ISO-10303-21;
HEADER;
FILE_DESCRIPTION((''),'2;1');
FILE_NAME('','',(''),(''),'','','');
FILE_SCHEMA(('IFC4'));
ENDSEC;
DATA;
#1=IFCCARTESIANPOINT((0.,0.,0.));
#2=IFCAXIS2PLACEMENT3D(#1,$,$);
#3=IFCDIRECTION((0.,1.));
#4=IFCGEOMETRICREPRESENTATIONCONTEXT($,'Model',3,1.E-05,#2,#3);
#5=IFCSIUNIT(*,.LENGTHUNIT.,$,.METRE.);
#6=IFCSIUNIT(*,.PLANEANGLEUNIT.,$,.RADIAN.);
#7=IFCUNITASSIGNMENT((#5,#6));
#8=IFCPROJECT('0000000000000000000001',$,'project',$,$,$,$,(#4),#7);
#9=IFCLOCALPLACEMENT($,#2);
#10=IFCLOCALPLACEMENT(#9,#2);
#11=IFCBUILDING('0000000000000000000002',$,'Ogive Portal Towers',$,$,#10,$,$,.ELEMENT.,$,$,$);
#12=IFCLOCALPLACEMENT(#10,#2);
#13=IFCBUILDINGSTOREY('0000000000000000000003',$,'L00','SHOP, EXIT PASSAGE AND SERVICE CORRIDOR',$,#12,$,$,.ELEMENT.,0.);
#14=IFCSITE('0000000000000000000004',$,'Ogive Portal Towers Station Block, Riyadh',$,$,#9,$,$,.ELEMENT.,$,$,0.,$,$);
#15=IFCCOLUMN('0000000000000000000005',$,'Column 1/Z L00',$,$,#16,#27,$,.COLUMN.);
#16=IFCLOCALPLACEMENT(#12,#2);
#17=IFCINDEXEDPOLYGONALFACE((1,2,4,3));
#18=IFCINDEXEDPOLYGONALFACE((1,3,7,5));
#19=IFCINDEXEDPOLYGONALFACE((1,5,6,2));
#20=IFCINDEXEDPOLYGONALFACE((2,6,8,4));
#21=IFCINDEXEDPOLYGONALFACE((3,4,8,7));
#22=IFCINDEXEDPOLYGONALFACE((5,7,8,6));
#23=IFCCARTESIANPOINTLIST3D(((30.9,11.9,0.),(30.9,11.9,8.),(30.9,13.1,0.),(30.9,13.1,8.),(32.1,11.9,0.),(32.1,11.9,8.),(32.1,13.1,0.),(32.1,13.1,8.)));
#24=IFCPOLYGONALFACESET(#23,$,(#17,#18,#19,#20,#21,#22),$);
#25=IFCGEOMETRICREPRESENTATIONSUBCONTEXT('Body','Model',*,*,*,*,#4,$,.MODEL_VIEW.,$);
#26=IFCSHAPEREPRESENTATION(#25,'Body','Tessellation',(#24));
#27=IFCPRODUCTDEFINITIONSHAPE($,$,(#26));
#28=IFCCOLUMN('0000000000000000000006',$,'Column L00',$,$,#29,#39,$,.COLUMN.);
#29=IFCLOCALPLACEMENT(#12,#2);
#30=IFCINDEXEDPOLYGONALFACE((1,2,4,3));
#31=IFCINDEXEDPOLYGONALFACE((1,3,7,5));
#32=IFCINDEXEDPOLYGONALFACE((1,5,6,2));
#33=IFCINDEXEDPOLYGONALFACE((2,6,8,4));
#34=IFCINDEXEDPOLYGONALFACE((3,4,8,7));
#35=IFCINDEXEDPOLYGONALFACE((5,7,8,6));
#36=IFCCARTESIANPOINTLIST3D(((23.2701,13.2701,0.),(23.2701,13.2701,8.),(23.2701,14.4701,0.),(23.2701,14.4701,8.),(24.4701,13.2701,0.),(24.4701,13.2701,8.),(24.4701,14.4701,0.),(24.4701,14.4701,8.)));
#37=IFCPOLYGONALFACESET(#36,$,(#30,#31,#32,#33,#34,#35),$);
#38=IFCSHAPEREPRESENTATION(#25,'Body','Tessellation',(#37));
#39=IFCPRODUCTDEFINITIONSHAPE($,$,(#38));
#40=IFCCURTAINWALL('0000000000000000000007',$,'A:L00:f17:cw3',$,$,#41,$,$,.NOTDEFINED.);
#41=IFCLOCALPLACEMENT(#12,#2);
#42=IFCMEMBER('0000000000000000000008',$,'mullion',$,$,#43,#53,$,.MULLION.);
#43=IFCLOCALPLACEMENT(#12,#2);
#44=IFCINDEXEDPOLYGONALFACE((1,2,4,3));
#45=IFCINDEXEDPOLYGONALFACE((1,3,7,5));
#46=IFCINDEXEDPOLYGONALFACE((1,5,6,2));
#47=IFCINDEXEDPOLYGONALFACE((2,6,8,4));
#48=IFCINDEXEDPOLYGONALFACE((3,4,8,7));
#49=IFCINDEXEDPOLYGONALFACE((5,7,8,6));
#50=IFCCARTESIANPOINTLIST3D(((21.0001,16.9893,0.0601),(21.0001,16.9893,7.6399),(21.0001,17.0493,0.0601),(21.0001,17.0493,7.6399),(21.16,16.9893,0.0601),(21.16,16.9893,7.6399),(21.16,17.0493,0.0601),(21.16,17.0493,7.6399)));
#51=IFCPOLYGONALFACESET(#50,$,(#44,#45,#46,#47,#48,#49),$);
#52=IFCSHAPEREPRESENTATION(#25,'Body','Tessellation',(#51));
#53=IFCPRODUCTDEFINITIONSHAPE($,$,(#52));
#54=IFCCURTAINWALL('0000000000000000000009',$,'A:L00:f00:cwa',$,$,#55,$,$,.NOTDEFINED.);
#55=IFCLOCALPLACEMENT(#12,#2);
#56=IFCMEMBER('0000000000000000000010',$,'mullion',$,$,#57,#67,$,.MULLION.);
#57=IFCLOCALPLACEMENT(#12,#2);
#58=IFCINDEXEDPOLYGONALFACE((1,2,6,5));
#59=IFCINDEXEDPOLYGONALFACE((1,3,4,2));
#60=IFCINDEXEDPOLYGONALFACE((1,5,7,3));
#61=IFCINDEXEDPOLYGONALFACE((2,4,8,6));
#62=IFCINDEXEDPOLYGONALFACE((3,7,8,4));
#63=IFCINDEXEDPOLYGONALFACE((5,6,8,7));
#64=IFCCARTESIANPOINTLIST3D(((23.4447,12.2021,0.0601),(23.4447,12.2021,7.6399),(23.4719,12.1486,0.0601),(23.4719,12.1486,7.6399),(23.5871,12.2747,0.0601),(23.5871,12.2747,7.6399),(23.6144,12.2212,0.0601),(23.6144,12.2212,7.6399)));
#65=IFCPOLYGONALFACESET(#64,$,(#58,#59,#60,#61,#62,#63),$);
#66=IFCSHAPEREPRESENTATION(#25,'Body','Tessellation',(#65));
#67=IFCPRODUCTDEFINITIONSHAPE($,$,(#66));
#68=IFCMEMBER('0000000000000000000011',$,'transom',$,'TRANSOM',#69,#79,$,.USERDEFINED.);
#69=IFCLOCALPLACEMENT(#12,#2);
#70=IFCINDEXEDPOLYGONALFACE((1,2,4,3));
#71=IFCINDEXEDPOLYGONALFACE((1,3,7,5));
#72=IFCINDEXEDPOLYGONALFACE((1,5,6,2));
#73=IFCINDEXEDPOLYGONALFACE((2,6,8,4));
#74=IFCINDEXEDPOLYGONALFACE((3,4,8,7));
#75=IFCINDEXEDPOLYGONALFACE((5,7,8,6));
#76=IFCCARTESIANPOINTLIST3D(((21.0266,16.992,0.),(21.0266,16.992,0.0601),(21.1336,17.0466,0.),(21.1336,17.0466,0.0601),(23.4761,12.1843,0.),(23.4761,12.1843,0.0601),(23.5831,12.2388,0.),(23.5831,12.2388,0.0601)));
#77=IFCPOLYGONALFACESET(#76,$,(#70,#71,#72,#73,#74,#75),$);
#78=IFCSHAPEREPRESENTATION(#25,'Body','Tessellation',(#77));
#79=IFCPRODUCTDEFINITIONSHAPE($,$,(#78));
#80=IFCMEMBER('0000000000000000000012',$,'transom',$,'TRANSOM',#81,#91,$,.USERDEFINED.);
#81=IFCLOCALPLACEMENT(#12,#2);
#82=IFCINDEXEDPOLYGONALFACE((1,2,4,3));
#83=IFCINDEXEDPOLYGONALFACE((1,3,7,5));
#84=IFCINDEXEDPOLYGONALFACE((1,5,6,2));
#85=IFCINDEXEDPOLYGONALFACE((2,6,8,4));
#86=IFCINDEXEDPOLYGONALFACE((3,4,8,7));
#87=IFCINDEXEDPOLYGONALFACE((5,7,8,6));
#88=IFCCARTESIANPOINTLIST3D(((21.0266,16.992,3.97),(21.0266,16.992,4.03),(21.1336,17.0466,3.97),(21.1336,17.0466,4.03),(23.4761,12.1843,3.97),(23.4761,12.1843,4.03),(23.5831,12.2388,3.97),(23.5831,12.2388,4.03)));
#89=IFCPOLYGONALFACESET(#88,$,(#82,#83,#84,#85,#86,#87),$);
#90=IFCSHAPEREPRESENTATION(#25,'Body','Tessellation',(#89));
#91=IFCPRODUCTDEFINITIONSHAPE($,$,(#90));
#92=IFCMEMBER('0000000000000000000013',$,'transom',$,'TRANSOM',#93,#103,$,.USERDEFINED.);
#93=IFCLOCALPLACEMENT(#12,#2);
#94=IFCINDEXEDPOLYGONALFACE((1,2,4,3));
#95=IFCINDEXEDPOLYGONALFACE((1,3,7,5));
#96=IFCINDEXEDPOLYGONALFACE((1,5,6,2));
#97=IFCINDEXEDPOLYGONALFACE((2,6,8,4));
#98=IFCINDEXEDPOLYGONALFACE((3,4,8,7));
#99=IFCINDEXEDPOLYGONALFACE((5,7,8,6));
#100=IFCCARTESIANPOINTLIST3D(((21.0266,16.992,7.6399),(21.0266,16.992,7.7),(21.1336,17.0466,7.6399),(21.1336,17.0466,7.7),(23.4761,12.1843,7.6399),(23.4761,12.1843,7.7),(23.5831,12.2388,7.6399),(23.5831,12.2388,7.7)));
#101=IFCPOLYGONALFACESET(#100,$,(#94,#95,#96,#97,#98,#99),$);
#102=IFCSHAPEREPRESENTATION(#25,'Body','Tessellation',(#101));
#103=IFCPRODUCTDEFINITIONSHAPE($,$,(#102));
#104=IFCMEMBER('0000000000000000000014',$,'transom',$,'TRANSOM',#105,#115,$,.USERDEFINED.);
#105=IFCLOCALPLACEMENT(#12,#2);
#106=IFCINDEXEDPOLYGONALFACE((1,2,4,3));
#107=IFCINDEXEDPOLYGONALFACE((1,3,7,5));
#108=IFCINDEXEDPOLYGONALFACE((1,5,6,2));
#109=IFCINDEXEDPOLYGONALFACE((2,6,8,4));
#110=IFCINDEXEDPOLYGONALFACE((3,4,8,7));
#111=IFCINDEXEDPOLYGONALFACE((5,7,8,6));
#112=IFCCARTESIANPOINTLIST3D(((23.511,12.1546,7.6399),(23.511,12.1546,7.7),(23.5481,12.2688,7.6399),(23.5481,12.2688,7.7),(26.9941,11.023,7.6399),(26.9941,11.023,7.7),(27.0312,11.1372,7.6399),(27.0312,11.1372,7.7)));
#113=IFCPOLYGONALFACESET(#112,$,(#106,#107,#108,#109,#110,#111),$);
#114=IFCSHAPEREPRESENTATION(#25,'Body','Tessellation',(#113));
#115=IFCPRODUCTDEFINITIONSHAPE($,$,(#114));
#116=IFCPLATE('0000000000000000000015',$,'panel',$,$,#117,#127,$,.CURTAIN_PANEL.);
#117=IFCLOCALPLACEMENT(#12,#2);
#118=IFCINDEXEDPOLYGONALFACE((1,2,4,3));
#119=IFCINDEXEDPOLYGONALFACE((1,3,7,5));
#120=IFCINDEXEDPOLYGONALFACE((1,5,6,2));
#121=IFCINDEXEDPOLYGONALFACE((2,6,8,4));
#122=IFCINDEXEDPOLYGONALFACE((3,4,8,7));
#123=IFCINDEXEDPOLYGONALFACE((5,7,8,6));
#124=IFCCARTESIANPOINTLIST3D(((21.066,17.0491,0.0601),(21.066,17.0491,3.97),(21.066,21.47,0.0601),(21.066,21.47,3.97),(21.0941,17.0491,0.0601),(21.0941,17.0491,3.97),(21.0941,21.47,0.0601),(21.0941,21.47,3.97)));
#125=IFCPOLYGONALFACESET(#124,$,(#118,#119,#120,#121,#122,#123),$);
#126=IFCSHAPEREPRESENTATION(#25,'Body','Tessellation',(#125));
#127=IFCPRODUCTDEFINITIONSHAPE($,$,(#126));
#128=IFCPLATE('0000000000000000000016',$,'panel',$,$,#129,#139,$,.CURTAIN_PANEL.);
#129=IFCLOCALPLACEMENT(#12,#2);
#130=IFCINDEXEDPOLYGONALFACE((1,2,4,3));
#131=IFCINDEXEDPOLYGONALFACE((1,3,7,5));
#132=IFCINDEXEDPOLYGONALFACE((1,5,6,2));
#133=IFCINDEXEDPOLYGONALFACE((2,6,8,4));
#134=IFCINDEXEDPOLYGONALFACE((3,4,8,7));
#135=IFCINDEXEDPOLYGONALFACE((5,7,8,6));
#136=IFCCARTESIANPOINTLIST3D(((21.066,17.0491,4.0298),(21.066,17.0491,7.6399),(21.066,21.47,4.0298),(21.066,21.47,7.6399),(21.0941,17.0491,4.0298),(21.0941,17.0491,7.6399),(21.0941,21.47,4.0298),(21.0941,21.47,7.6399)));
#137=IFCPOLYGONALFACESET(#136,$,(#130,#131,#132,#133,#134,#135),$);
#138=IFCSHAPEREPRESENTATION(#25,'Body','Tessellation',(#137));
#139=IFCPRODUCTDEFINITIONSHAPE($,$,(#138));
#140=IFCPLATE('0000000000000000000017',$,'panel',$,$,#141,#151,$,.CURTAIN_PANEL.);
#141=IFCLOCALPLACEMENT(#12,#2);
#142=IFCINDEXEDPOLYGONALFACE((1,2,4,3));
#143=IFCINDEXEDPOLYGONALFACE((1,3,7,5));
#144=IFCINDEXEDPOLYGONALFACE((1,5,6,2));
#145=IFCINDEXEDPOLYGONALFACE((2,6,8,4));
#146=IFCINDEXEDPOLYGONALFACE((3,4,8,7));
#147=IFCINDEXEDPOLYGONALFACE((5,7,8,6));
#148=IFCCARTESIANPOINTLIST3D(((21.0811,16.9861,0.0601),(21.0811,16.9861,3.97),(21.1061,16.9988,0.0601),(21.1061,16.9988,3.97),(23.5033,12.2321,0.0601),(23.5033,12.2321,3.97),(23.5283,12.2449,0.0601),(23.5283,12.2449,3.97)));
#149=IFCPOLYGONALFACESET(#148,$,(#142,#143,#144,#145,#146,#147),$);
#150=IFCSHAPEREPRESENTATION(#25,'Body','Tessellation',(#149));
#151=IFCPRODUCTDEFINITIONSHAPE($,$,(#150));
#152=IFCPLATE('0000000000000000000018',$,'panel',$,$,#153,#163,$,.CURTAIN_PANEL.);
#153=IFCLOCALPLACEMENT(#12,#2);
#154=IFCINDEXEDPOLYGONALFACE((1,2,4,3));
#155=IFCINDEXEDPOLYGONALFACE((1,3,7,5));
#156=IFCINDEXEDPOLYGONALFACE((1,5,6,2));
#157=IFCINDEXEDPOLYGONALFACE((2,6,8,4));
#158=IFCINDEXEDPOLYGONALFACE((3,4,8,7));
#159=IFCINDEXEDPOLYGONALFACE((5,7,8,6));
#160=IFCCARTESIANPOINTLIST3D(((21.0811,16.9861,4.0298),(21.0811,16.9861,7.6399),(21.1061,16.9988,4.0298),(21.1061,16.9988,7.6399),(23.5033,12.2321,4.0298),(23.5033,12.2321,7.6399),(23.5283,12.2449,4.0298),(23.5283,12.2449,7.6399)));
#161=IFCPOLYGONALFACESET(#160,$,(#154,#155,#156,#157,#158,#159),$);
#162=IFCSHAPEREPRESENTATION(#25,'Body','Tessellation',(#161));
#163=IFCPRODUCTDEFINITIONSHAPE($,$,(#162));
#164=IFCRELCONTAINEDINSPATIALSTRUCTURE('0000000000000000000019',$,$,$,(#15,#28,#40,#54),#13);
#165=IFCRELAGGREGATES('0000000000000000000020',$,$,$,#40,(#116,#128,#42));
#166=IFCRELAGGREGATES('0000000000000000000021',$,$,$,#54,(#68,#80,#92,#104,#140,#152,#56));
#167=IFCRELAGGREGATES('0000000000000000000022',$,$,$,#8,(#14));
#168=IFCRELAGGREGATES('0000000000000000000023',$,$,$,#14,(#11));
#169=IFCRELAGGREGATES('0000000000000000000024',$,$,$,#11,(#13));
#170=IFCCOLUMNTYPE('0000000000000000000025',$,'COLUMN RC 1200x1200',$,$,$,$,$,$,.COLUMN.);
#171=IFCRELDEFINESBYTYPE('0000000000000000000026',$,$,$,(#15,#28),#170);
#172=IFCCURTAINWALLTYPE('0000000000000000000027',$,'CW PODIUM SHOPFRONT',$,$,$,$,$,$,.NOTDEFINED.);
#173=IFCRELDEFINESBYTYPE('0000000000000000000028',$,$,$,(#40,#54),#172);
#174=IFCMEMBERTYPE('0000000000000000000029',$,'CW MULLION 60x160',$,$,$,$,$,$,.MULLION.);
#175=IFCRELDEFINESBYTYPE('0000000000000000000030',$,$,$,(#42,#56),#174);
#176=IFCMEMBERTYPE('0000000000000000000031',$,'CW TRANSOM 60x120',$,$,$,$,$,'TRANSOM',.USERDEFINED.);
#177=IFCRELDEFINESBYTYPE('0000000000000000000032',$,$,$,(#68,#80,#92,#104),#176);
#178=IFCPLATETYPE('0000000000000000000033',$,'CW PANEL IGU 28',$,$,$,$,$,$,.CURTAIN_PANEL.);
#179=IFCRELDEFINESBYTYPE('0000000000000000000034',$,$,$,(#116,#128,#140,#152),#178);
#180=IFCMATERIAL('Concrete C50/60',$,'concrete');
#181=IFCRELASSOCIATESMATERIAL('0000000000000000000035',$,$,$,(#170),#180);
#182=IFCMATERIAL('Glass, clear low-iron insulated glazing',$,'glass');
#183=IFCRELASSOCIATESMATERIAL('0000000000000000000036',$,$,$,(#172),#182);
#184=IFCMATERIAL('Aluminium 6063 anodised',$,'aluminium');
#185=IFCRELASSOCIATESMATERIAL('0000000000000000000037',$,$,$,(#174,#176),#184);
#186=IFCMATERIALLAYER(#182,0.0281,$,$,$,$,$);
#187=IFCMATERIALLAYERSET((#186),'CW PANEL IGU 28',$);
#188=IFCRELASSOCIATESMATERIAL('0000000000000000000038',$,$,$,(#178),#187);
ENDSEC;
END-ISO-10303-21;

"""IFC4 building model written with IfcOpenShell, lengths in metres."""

from ifc_helpers import new_model, si_unit, direction, frame, origin, origin_2d, place, context, subcontext, project, spatial, rectangle, extrude, material, layer, layer_set, material_profile, profile_set, type_object, element, aggregate, save


model = new_model("IFC4")

# Units and contexts
model_context = context("Model", 3, precision=1e-05, world=origin(), true_north=direction((0.0, 1.0)))
body_context = subcontext(model_context, "Body", "Model", "MODEL_VIEW")
ifc_project = project(units=[si_unit("LENGTHUNIT", "METRE"), si_unit("PLANEANGLEUNIT", "RADIAN")], contexts=[model_context])

# Site, building, storey
site_placement = place(None, origin())
site = spatial("IfcSite", under=ifc_project, at=site_placement, Name="Ogive Portal Towers Station Block, Riyadh", CompositionType="ELEMENT", RefElevation=0.0)
building_placement = place(site_placement, origin())
building = spatial("IfcBuilding", under=site, at=building_placement, Name="Ogive Portal Towers", CompositionType="ELEMENT")
storey_placement = place(building_placement, origin())
storey = spatial("IfcBuildingStorey", under=building, at=storey_placement, Name="L00", Description="SHOP, EXIT PASSAGE AND SERVICE CORRIDOR", CompositionType="ELEMENT", Elevation=0.0)

# Columns
ifc_material_1 = material(Name="Concrete C50/60", Category="concrete")
ifc_material_profile_1 = material_profile(ifc_material_1, rectangle(XDim=1.2, YDim=1.2, at=origin_2d()), Name="RC 1200x1200")
ifc_profile_set_1 = profile_set([ifc_material_profile_1], Name="Concrete C50/60")
column_type = type_object("IfcColumnType", Name="COLUMN RC 1200x1200", PredefinedType="COLUMN", material=ifc_profile_set_1)
for number, where, z_axis, x_axis, name in (
    (1, (31.5, 12.5, 0.0), (0.0, 0.0, 1.0), (1.0, 0.0, 0.0), "Column 1/Z L00"),
    (2, (23.8701, 13.8701, 0.0), (0.0, 0.0, 1.0), (1.0, 0.0, 0.0), "Column L00"),
):
    element("IfcColumn", number, at=place(storey_placement, frame(where, z_axis=z_axis, x_axis=x_axis)), inside=storey, type_object=column_type, Name=name, PredefinedType="COLUMN", context=body_context, shape_type="SweptSolid", body=[
        extrude(rectangle(XDim=1.2, YDim=1.2, at=origin_2d()), origin(), (0.0, 0.0, 1.0), 8.0),
    ])

# Curtain wall, member
ifc_material_2 = material(Name="Glass, clear low-iron insulated glazing", Category="glass")
curtain_wall_type = type_object("IfcCurtainWallType", Name="CW PODIUM SHOPFRONT", PredefinedType="NOTDEFINED", material=ifc_material_2)
curtain_wall_1_placement = place(storey_placement, origin())
curtain_wall_1 = element("IfcCurtainWall", 3, at=curtain_wall_1_placement, inside=storey, type_object=curtain_wall_type, Name="A:L00:f17:cw3", PredefinedType="NOTDEFINED")
ifc_material_3 = material(Name="Aluminium 6063 anodised", Category="aluminium")
ifc_material_profile_2 = material_profile(ifc_material_3, rectangle(XDim=0.1599, YDim=0.0601, at=origin_2d()), Name="AL 60x160")
ifc_profile_set_2 = profile_set([ifc_material_profile_2], Name="Aluminium 6063 anodised")
member_type_1 = type_object("IfcMemberType", Name="CW MULLION 60x160", PredefinedType="MULLION", material=ifc_profile_set_2)
member_1_placement = place(storey_placement, frame((21.0801, 17.0193, 0.0601), z_axis=(0.0, 0.0, 1.0), x_axis=(1.0, 0.0, 0.0)))
member_1 = element("IfcMember", 4, at=member_1_placement, type_object=member_type_1, Name="mullion", PredefinedType="MULLION", context=body_context, shape_type="SweptSolid", body=[
    extrude(rectangle(XDim=0.1599, YDim=0.0601, at=origin_2d()), origin(), (0.0, 0.0, 1.0), 7.5798),
])

# Curtain wall, members
curtain_wall_2_placement = place(storey_placement, origin())
curtain_wall_2 = element("IfcCurtainWall", 5, at=curtain_wall_2_placement, inside=storey, type_object=curtain_wall_type, Name="A:L00:f00:cwa", PredefinedType="NOTDEFINED")
member_2_placement = place(storey_placement, frame((23.5295, 12.2117, 0.0601), z_axis=(0.0, 0.0, 1.0), x_axis=(0.891007, 0.45399, 0.0)))
member_2 = element("IfcMember", 6, at=member_2_placement, type_object=member_type_1, Name="mullion", PredefinedType="MULLION", context=body_context, shape_type="SweptSolid", body=[
    extrude(rectangle(XDim=0.1599, YDim=0.0601, at=origin_2d()), origin(), (0.0, 0.0, 1.0), 7.5798),
])
ifc_material_profile_3 = material_profile(ifc_material_3, rectangle(XDim=0.1201, YDim=0.0601, at=origin_2d()), Name="AL 120x60")
ifc_profile_set_3 = profile_set([ifc_material_profile_3], Name="Aluminium 6063 anodised")
member_type_2 = type_object("IfcMemberType", Name="CW TRANSOM 60x120", ElementType="TRANSOM", PredefinedType="USERDEFINED", material=ifc_profile_set_3)
member_3_placement = place(storey_placement, frame((21.0801, 17.0193, 0.03), z_axis=(0.45397, -0.891017, 0.0), x_axis=(0.891017, 0.45397, 0.0)))
member_3 = element("IfcMember", 7, at=member_3_placement, type_object=member_type_2, Name="transom", ObjectType="TRANSOM", PredefinedType="USERDEFINED", context=body_context, shape_type="SweptSolid", body=[
    extrude(rectangle(XDim=0.1201, YDim=0.0601, at=origin_2d()), origin(), (0.0, 0.0, 1.0), 5.3958),
])
member_4_placement = place(storey_placement, frame((21.0801, 17.0193, 4.0), z_axis=(0.45397, -0.891017, 0.0), x_axis=(0.891017, 0.45397, 0.0)))
member_4 = element("IfcMember", 8, at=member_4_placement, type_object=member_type_2, Name="transom", ObjectType="TRANSOM", PredefinedType="USERDEFINED", context=body_context, shape_type="SweptSolid", body=[
    extrude(rectangle(XDim=0.1201, YDim=0.0601, at=origin_2d()), origin(), (0.0, 0.0, 1.0), 5.3958),
])
member_5_placement = place(storey_placement, frame((21.0801, 17.0193, 7.6699), z_axis=(0.45397, -0.891017, 0.0), x_axis=(0.891017, 0.45397, 0.0)))
member_5 = element("IfcMember", 9, at=member_5_placement, type_object=member_type_2, Name="transom", ObjectType="TRANSOM", PredefinedType="USERDEFINED", context=body_context, shape_type="SweptSolid", body=[
    extrude(rectangle(XDim=0.1201, YDim=0.0601, at=origin_2d()), origin(), (0.0, 0.0, 1.0), 5.3958),
])
member_6_placement = place(storey_placement, frame((23.5295, 12.2117, 7.6699), z_axis=(0.951069, -0.308979, 0.0), x_axis=(0.308979, 0.951069, 0.0)))
member_6 = element("IfcMember", 10, at=member_6_placement, type_object=member_type_2, Name="transom", ObjectType="TRANSOM", PredefinedType="USERDEFINED", context=body_context, shape_type="SweptSolid", body=[
    extrude(rectangle(XDim=0.1201, YDim=0.0601, at=origin_2d()), origin(), (0.0, 0.0, 1.0), 3.6624),
])

# Plates
ifc_layer_1 = layer(ifc_material_2, 0.0281)
ifc_layer_set_1 = layer_set([ifc_layer_1], Name="CW PANEL IGU 28")
plate_type = type_object("IfcPlateType", Name="CW PANEL IGU 28", PredefinedType="CURTAIN_PANEL", material=ifc_layer_set_1)
plate_1_placement = place(storey_placement, frame((21.0801, 19.2595, 0.0601), z_axis=(0.0, 0.0, 1.0), x_axis=(0.0, -1.0, 0.0)))
plate_1 = element("IfcPlate", 11, at=plate_1_placement, type_object=plate_type, Name="panel", PredefinedType="CURTAIN_PANEL", context=body_context, shape_type="SweptSolid", body=[
    extrude(rectangle(XDim=4.4209, YDim=0.0281, at=origin_2d()), origin(), (0.0, 0.0, 1.0), 3.9099),
])
plate_2_placement = place(storey_placement, frame((21.0801, 19.2595, 4.0298), z_axis=(0.0, 0.0, 1.0), x_axis=(0.0, -1.0, 0.0)))
plate_2 = element("IfcPlate", 12, at=plate_2_placement, type_object=plate_type, Name="panel", PredefinedType="CURTAIN_PANEL", context=body_context, shape_type="SweptSolid", body=[
    extrude(rectangle(XDim=4.4209, YDim=0.0281, at=origin_2d()), origin(), (0.0, 0.0, 1.0), 3.6101),
])
aggregate(curtain_wall_1, [plate_1, plate_2, member_1])
plate_3_placement = place(storey_placement, frame((22.3047, 14.6155, 0.0601), z_axis=(0.0, 0.0, 1.0), x_axis=(0.45399, -0.891007, 0.0)))
plate_3 = element("IfcPlate", 13, at=plate_3_placement, type_object=plate_type, Name="panel", PredefinedType="CURTAIN_PANEL", context=body_context, shape_type="SweptSolid", body=[
    extrude(rectangle(XDim=5.3354, YDim=0.0281, at=origin_2d()), origin(), (0.0, 0.0, 1.0), 3.9099),
])
plate_4_placement = place(storey_placement, frame((22.3047, 14.6155, 4.0298), z_axis=(0.0, 0.0, 1.0), x_axis=(0.45399, -0.891007, 0.0)))
plate_4 = element("IfcPlate", 14, at=plate_4_placement, type_object=plate_type, Name="panel", PredefinedType="CURTAIN_PANEL", context=body_context, shape_type="SweptSolid", body=[
    extrude(rectangle(XDim=5.3354, YDim=0.0281, at=origin_2d()), origin(), (0.0, 0.0, 1.0), 3.6101),
])
aggregate(curtain_wall_2, [member_3, member_4, member_5, member_6, plate_3, plate_4, member_2])

save(model, "model.ifc")
